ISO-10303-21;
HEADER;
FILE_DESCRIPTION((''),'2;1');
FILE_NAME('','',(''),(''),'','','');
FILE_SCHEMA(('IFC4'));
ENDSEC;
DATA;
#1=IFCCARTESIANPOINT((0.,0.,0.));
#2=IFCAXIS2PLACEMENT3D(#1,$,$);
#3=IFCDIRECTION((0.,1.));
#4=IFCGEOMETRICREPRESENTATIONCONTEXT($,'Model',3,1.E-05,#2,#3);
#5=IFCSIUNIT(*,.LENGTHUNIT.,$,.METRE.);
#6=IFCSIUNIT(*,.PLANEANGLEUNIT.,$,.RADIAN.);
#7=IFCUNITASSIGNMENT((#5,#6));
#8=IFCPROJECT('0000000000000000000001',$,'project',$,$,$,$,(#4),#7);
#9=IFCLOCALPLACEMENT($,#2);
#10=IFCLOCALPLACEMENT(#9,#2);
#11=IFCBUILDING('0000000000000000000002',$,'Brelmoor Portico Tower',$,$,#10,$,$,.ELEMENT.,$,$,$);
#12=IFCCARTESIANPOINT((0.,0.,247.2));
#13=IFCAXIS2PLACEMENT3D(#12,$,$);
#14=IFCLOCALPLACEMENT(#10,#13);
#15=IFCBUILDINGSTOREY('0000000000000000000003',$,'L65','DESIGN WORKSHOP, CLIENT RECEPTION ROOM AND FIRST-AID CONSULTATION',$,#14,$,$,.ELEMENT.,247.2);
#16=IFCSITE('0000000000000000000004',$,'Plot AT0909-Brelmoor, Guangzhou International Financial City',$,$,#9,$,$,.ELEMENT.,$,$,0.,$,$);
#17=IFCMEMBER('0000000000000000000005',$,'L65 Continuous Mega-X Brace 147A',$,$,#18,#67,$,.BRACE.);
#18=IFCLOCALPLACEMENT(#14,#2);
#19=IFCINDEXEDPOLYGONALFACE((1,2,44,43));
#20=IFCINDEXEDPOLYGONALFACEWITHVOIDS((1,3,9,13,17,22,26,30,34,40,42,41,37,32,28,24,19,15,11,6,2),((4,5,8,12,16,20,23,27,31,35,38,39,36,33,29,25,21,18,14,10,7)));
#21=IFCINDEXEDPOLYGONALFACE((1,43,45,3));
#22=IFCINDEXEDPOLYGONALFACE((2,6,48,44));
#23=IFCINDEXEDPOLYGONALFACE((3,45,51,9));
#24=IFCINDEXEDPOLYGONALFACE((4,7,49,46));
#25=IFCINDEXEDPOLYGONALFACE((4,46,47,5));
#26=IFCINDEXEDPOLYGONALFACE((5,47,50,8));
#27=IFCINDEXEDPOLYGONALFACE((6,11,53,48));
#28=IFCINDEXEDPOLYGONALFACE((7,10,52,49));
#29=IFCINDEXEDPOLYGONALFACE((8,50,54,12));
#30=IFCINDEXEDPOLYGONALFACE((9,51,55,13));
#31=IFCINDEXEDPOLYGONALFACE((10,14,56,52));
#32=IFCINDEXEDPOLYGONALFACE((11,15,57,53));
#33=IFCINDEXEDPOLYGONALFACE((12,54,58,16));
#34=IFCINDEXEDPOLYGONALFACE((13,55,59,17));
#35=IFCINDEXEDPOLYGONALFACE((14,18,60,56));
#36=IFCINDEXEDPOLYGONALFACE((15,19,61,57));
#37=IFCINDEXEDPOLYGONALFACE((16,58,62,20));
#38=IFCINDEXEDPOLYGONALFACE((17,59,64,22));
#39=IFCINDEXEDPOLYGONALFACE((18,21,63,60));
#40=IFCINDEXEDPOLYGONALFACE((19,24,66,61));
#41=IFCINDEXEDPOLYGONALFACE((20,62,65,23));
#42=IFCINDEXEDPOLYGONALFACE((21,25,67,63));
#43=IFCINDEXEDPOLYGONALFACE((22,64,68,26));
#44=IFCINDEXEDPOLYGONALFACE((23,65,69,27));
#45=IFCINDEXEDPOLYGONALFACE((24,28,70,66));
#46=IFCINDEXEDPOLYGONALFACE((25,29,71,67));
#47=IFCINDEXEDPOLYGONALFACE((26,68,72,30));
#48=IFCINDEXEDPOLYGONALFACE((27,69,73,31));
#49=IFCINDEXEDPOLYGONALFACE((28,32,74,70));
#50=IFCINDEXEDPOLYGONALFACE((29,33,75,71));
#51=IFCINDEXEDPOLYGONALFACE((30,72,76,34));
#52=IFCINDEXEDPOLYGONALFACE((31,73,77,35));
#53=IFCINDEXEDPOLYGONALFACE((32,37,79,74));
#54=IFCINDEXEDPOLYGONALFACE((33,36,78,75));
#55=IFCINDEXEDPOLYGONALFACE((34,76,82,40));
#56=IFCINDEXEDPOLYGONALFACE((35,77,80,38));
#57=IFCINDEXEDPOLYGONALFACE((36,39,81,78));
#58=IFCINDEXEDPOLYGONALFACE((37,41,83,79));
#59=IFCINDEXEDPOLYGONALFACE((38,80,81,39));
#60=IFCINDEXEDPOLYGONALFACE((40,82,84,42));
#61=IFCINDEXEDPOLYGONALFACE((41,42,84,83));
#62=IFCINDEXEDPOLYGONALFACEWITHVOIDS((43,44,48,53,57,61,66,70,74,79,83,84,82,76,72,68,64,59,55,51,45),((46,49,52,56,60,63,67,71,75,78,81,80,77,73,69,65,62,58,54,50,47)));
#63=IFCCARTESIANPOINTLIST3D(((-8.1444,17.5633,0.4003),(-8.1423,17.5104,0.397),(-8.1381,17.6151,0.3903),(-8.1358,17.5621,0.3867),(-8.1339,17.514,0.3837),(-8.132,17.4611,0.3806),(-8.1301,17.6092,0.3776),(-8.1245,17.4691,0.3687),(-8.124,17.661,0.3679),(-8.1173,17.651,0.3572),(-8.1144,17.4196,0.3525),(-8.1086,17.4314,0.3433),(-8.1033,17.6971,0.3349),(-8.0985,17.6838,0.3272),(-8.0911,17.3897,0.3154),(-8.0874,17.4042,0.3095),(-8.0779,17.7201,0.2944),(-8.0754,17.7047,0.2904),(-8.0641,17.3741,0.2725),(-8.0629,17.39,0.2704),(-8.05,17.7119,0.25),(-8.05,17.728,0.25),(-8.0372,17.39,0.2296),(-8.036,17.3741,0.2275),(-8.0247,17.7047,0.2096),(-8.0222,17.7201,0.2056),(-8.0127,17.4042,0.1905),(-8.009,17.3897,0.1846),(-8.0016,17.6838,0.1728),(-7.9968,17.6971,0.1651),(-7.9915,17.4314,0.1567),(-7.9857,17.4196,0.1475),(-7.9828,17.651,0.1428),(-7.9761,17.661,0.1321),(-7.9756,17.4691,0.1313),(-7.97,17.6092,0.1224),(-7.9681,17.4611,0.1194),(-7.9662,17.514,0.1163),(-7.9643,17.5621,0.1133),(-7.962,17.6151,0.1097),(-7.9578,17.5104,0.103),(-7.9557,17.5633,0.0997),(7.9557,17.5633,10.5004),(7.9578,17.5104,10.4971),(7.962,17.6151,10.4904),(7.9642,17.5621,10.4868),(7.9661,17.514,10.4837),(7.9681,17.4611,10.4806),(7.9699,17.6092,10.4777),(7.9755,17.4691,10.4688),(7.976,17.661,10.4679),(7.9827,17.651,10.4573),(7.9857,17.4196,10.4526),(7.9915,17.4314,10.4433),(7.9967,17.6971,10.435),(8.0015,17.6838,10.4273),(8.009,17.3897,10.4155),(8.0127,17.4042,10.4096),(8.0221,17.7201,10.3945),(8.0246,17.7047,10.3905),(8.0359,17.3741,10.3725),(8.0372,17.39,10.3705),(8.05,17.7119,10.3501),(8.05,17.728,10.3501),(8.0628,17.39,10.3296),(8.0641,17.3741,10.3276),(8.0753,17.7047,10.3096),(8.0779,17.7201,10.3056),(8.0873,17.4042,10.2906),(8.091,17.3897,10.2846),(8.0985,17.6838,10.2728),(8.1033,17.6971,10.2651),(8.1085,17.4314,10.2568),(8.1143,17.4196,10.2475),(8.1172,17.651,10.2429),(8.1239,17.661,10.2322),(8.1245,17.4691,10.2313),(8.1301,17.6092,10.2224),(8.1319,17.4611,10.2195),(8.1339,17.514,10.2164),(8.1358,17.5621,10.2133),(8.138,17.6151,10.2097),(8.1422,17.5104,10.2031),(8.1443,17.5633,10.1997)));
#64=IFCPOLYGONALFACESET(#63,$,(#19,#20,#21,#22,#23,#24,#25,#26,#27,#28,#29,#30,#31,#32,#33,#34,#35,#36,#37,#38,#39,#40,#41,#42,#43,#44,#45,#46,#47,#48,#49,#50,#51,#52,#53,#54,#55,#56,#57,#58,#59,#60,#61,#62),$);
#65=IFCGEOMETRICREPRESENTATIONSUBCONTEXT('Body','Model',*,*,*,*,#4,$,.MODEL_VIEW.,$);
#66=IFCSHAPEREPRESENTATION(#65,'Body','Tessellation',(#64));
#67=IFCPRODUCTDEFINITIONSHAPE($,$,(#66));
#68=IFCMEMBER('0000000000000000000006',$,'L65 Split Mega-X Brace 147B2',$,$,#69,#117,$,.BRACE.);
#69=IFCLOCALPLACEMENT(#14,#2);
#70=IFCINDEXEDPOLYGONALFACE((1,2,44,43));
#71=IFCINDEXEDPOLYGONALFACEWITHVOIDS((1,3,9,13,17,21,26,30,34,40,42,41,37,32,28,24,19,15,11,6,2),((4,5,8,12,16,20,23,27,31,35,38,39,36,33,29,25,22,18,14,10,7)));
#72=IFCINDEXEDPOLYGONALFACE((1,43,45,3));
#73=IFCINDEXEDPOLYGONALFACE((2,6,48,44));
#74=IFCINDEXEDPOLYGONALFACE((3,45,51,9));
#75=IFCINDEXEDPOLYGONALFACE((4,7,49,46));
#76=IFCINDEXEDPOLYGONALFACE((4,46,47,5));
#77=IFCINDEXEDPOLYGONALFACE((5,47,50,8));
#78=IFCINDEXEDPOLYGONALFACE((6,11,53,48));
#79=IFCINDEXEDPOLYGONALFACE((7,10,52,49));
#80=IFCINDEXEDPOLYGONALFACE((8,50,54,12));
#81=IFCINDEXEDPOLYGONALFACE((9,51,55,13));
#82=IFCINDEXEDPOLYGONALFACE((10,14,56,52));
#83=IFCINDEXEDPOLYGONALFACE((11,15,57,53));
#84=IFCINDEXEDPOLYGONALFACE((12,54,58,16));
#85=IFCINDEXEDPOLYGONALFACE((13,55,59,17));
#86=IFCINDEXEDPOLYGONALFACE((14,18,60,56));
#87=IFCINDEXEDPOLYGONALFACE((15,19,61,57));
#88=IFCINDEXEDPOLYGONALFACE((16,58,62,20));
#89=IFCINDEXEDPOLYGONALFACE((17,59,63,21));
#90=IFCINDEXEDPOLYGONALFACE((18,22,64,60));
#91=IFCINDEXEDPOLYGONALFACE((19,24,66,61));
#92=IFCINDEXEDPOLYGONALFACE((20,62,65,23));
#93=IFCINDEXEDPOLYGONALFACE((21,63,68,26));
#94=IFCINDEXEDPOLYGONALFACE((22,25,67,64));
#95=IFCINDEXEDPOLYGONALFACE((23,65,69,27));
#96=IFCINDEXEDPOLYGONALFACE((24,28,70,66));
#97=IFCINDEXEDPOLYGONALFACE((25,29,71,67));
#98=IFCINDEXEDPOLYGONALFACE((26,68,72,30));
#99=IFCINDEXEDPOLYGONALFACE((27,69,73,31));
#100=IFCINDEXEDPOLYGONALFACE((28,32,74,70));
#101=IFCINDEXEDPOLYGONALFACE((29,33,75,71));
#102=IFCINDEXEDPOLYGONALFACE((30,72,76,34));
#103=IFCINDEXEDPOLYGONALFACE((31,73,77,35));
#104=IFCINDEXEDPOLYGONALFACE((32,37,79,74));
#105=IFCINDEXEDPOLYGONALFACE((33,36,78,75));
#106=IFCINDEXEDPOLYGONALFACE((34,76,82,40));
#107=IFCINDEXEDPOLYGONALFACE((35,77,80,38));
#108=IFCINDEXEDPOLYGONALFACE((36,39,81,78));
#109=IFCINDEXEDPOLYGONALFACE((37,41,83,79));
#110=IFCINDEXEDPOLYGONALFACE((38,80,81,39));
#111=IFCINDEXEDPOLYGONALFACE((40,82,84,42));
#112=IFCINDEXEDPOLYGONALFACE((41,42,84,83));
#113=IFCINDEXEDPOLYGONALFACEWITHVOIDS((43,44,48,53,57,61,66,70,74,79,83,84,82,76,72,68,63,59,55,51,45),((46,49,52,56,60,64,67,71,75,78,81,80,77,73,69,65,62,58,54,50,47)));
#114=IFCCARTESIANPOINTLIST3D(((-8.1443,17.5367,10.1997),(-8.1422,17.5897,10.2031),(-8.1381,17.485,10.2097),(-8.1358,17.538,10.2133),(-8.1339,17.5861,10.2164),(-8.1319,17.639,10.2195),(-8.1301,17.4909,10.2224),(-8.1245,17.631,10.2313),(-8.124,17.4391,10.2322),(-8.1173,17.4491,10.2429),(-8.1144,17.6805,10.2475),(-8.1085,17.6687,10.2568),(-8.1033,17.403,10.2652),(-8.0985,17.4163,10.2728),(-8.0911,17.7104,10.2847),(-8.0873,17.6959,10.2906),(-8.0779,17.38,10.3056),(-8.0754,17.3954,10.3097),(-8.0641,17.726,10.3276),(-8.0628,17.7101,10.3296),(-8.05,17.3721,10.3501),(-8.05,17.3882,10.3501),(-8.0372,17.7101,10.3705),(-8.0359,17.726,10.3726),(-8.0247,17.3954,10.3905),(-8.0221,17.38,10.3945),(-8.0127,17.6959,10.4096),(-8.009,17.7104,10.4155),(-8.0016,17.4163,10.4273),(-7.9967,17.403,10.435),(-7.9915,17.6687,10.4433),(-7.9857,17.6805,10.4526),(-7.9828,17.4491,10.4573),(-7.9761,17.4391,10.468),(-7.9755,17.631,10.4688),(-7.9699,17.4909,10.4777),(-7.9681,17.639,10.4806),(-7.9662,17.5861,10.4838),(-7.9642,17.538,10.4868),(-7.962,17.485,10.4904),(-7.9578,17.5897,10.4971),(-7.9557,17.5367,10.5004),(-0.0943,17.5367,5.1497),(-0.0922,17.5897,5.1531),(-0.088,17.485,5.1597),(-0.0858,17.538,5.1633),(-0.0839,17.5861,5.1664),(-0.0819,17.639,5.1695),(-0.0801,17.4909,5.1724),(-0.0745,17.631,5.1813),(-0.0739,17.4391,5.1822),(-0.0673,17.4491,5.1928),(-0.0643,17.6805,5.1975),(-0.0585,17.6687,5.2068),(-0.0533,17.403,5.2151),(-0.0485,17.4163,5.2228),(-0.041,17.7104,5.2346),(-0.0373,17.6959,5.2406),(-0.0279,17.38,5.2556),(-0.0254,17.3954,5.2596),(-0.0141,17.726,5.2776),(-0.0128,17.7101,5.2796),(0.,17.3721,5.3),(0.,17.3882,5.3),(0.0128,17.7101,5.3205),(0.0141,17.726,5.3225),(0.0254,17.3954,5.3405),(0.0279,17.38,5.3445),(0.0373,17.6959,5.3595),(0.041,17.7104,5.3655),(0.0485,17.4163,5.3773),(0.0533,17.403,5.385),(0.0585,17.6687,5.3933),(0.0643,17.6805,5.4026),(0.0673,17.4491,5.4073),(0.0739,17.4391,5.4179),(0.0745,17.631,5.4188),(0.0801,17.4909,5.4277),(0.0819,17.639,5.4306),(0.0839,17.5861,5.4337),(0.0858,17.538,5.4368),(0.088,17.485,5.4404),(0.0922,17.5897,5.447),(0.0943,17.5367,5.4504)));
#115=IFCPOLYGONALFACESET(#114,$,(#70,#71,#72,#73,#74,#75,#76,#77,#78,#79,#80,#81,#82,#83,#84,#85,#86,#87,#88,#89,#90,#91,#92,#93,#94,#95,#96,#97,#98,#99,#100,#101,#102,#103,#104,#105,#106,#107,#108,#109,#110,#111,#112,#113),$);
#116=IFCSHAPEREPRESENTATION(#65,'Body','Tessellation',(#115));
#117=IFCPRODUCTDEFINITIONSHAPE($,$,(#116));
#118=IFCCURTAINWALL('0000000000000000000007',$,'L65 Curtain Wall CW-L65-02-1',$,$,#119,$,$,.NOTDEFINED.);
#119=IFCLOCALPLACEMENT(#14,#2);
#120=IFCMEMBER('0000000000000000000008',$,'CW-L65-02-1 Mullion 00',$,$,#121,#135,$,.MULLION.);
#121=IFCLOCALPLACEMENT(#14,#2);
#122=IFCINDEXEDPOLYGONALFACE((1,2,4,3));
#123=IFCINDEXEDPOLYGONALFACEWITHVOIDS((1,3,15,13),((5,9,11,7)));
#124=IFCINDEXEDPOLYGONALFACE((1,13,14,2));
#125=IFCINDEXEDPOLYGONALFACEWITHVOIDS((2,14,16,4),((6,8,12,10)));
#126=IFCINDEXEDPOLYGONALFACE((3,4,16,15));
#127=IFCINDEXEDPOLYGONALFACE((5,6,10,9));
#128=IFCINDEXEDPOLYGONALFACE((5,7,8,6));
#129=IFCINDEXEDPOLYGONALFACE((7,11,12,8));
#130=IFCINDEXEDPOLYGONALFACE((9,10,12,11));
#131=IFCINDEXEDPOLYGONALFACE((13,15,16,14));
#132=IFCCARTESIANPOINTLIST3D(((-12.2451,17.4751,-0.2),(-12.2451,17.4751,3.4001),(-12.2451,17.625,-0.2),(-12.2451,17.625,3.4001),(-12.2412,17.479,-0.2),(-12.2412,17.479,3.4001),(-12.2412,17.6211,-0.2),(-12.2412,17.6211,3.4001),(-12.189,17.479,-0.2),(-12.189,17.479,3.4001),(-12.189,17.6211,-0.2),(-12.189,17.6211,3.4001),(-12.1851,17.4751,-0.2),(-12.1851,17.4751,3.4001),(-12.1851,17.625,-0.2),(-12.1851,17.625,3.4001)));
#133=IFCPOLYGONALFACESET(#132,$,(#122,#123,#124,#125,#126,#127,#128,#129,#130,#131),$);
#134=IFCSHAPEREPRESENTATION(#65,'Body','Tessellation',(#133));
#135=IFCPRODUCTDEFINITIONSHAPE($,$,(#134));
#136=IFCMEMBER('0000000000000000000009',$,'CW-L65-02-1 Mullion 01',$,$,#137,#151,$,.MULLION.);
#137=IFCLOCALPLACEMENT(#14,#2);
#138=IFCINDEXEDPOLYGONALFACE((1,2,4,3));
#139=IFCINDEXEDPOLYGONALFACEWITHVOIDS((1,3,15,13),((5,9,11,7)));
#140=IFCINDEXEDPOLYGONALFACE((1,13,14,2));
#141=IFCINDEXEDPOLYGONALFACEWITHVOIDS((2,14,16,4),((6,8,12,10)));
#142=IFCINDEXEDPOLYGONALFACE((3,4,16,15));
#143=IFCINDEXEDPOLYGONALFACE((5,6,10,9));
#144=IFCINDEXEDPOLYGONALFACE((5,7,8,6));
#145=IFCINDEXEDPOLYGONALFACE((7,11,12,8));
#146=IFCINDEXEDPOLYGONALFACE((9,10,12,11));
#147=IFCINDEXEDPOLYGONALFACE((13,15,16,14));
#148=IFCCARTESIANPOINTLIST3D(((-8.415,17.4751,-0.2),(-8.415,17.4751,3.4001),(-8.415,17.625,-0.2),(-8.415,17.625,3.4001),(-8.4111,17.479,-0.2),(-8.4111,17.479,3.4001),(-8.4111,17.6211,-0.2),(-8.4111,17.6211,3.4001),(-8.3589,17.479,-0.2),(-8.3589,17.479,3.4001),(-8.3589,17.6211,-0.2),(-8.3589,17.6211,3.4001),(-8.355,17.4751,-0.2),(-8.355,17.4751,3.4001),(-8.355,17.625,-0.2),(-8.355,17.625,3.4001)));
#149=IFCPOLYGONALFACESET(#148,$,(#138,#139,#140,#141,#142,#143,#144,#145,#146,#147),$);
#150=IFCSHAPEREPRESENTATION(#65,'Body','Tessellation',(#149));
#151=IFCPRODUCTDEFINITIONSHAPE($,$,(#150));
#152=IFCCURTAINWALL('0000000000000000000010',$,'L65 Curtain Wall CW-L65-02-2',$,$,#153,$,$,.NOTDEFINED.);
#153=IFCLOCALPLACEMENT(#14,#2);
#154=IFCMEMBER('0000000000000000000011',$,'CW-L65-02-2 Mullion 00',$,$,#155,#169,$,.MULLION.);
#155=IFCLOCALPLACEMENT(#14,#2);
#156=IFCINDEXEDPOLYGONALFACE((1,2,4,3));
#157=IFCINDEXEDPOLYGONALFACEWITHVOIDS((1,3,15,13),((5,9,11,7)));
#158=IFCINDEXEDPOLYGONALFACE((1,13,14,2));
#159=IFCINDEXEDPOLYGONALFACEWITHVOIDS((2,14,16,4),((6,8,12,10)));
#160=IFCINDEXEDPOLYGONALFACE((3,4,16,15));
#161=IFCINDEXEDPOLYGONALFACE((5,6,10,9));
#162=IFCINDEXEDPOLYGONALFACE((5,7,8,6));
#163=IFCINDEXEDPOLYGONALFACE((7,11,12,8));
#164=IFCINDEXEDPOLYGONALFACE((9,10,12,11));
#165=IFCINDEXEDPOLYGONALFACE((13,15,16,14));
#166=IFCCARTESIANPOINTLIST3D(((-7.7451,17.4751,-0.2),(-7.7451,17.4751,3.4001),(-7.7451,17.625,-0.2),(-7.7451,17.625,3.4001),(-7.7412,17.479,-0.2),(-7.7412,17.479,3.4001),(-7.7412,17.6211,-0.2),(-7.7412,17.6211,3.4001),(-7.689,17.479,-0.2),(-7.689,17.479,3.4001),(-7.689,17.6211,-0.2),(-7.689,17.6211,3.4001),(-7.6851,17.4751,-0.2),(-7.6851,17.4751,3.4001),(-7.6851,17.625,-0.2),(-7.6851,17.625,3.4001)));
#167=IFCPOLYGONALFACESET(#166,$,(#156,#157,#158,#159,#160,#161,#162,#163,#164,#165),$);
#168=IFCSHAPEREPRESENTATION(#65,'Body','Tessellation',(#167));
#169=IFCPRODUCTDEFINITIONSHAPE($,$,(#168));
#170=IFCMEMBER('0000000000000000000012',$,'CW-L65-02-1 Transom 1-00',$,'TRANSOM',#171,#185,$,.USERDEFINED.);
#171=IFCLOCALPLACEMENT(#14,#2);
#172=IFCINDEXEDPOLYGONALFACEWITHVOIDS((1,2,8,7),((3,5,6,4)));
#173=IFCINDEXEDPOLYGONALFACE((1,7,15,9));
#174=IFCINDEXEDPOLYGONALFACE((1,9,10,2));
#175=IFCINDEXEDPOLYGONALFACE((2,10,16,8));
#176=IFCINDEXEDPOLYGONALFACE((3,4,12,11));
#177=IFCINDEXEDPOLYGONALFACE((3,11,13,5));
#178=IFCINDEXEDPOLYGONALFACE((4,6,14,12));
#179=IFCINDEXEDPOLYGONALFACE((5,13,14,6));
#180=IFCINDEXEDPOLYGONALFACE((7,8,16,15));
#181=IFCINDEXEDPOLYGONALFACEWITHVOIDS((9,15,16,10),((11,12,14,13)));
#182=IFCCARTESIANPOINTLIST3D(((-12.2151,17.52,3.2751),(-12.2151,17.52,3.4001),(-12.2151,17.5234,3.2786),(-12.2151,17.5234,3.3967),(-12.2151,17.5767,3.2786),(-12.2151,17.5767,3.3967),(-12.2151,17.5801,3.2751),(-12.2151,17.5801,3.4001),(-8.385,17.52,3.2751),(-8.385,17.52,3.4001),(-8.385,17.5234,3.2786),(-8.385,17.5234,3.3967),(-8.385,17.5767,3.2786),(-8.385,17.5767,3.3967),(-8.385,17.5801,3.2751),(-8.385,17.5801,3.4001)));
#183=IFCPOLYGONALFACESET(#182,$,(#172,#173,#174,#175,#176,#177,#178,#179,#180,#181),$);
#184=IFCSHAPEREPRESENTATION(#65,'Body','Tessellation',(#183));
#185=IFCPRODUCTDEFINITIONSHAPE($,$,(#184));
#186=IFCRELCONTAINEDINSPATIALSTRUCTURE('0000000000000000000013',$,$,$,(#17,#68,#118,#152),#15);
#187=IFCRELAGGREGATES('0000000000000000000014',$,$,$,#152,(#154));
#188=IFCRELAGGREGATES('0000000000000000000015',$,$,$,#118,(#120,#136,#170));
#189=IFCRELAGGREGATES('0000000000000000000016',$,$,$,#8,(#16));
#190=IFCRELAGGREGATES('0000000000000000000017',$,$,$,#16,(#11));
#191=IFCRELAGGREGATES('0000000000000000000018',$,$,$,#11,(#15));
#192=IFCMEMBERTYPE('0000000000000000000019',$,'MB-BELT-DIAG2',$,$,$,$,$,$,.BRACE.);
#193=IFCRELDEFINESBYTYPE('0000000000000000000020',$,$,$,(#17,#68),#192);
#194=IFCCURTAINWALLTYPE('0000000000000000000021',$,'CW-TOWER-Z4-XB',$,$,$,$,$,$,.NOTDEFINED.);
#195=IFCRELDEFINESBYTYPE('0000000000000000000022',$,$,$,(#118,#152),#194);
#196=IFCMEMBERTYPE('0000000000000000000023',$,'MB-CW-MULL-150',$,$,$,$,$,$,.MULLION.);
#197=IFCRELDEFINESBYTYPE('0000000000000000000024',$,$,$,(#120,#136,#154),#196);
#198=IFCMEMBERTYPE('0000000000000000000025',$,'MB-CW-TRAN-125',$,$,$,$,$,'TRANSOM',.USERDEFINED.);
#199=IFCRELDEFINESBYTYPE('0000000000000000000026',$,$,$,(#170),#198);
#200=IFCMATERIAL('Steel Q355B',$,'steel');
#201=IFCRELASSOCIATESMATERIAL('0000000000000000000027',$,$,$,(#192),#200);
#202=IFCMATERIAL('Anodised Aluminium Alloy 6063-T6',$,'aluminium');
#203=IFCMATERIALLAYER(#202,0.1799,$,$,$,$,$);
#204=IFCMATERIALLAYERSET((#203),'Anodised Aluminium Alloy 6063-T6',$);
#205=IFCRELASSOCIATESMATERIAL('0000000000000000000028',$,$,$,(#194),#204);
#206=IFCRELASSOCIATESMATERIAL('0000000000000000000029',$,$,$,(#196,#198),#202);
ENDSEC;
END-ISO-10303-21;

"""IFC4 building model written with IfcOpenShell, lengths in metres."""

from ifc_helpers import new_model, si_unit, direction, frame, origin, origin_2d, place, context, subcontext, project, spatial, hollow_rectangle, hollow_circle, extrude, material, layer, layer_set, material_profile, profile_set, type_object, element, aggregate, save


model = new_model("IFC4")

# Units and contexts
model_context = context("Model", 3, precision=1e-05, world=origin(), true_north=direction((0.0, 1.0)))
body_context = subcontext(model_context, "Body", "Model", "MODEL_VIEW")
ifc_project = project(units=[si_unit("LENGTHUNIT", "METRE"), si_unit("PLANEANGLEUNIT", "RADIAN")], contexts=[model_context])

# Site, building, storey
site_placement = place(None, origin())
site = spatial("IfcSite", under=ifc_project, at=site_placement, Name="Plot AT0909-Brelmoor, Guangzhou International Financial City", CompositionType="ELEMENT", RefElevation=0.0)
building_placement = place(site_placement, origin())
building = spatial("IfcBuilding", under=site, at=building_placement, Name="Brelmoor Portico Tower", CompositionType="ELEMENT")
storey_placement = place(building_placement, frame((0.0, 0.0, 247.2)))
storey = spatial("IfcBuildingStorey", under=building, at=storey_placement, Name="L65", Description="DESIGN WORKSHOP, CLIENT RECEPTION ROOM AND FIRST-AID CONSULTATION", CompositionType="ELEMENT", Elevation=247.2)

# Shared definitions
ifc_material_1 = material(Name="Steel Q355B", Category="steel")

# Members
ifc_material_profile_1 = material_profile(ifc_material_1, hollow_circle(Radius=0.178, WallThickness=0.0161, at=origin_2d()), Name="CHS 356x16")
ifc_profile_set_1 = profile_set([ifc_material_profile_1], Name="Steel Q355B")
member_type_1 = type_object("IfcMemberType", Name="MB-BELT-DIAG2", PredefinedType="BRACE", material=ifc_profile_set_1)
member_1_placement = place(storey_placement, frame((-8.05, 17.55, 0.25), z_axis=(0.847109, 0.0, 0.531418), x_axis=(0.0, 1.0, 0.0)))
element("IfcMember", 1, at=member_1_placement, inside=storey, type_object=member_type_1, Name="L65 Continuous Mega-X Brace 147A", PredefinedType="BRACE", context=body_context, shape_type="SweptSolid", body=[
    extrude(hollow_circle(Radius=0.178, WallThickness=0.0161, at=origin_2d()), origin(), (0.0, 0.0, 1.0), 19.0059),
])
member_2_placement = place(storey_placement, frame((0.0, 17.55, 5.3), z_axis=(-0.847109, 0.0, 0.531418), x_axis=(0.0, -1.0, 0.0)))
element("IfcMember", 2, at=member_2_placement, inside=storey, type_object=member_type_1, Name="L65 Split Mega-X Brace 147B2", PredefinedType="BRACE", context=body_context, shape_type="SweptSolid", body=[
    extrude(hollow_circle(Radius=0.178, WallThickness=0.0161, at=origin_2d()), origin(), (0.0, 0.0, 1.0), 9.5029),
])

# Curtain wall, members
ifc_material_2 = material(Name="Anodised Aluminium Alloy 6063-T6", Category="aluminium")
ifc_layer_1 = layer(ifc_material_2, 0.1799)
ifc_layer_set_1 = layer_set([ifc_layer_1], Name="Anodised Aluminium Alloy 6063-T6")
curtain_wall_type = type_object("IfcCurtainWallType", Name="CW-TOWER-Z4-XB", PredefinedType="NOTDEFINED", material=ifc_layer_set_1)
curtain_wall_1_placement = place(storey_placement, origin())
curtain_wall_1 = element("IfcCurtainWall", 3, at=curtain_wall_1_placement, inside=storey, type_object=curtain_wall_type, Name="L65 Curtain Wall CW-L65-02-1", PredefinedType="NOTDEFINED")
ifc_material_profile_2 = material_profile(ifc_material_2, hollow_rectangle(XDim=0.0601, YDim=0.1499, WallThickness=0.0039, at=origin_2d()), Name="ALU MULLION 60x150")
ifc_profile_set_2 = profile_set([ifc_material_profile_2], Name="Anodised Aluminium Alloy 6063-T6")
member_type_2 = type_object("IfcMemberType", Name="MB-CW-MULL-150", PredefinedType="MULLION", material=ifc_profile_set_2)
member_3_placement = place(storey_placement, frame((-12.2151, 17.55, -0.2), z_axis=(0.0, 0.0, 1.0), x_axis=(1.0, 0.0, 0.0)))
member_3 = element("IfcMember", 4, at=member_3_placement, type_object=member_type_2, Name="CW-L65-02-1 Mullion 00", PredefinedType="MULLION", context=body_context, shape_type="SweptSolid", body=[
    extrude(hollow_rectangle(XDim=0.0601, YDim=0.1499, WallThickness=0.0039, at=origin_2d()), origin(), (0.0, 0.0, 1.0), 3.6001),
])
member_4_placement = place(storey_placement, frame((-8.385, 17.55, -0.2), z_axis=(0.0, 0.0, 1.0), x_axis=(1.0, 0.0, 0.0)))
member_4 = element("IfcMember", 5, at=member_4_placement, type_object=member_type_2, Name="CW-L65-02-1 Mullion 01", PredefinedType="MULLION", context=body_context, shape_type="SweptSolid", body=[
    extrude(hollow_rectangle(XDim=0.0601, YDim=0.1499, WallThickness=0.0039, at=origin_2d()), origin(), (0.0, 0.0, 1.0), 3.6001),
])

# Curtain wall, member
curtain_wall_2_placement = place(storey_placement, origin())
curtain_wall_2 = element("IfcCurtainWall", 6, at=curtain_wall_2_placement, inside=storey, type_object=curtain_wall_type, Name="L65 Curtain Wall CW-L65-02-2", PredefinedType="NOTDEFINED")
member_5_placement = place(storey_placement, frame((-7.7151, 17.55, -0.2), z_axis=(0.0, 0.0, 1.0), x_axis=(1.0, 0.0, 0.0)))
member_5 = element("IfcMember", 7, at=member_5_placement, type_object=member_type_2, Name="CW-L65-02-2 Mullion 00", PredefinedType="MULLION", context=body_context, shape_type="SweptSolid", body=[
    extrude(hollow_rectangle(XDim=0.0601, YDim=0.1499, WallThickness=0.0039, at=origin_2d()), origin(), (0.0, 0.0, 1.0), 3.6001),
])

# Member
ifc_material_profile_3 = material_profile(ifc_material_2, hollow_rectangle(XDim=0.0601, YDim=0.125, WallThickness=0.0034, at=origin_2d()), Name="ALU TRANSOM 60x125")
ifc_profile_set_3 = profile_set([ifc_material_profile_3], Name="Anodised Aluminium Alloy 6063-T6")
member_type_3 = type_object("IfcMemberType", Name="MB-CW-TRAN-125", ElementType="TRANSOM", PredefinedType="USERDEFINED", material=ifc_profile_set_3)
member_6_placement = place(storey_placement, frame((-12.2151, 17.55, 3.3376), z_axis=(1.0, 0.0, 0.0), x_axis=(0.0, 1.0, 0.0)))
member_6 = element("IfcMember", 8, at=member_6_placement, type_object=member_type_3, Name="CW-L65-02-1 Transom 1-00", ObjectType="TRANSOM", PredefinedType="USERDEFINED", context=body_context, shape_type="SweptSolid", body=[
    extrude(hollow_rectangle(XDim=0.0601, YDim=0.125, WallThickness=0.0034, at=origin_2d()), origin(), (0.0, 0.0, 1.0), 3.8301),
])
aggregate(curtain_wall_2, [member_5])

aggregate(curtain_wall_1, [member_3, member_4, member_6])

save(model, "model.ifc")
